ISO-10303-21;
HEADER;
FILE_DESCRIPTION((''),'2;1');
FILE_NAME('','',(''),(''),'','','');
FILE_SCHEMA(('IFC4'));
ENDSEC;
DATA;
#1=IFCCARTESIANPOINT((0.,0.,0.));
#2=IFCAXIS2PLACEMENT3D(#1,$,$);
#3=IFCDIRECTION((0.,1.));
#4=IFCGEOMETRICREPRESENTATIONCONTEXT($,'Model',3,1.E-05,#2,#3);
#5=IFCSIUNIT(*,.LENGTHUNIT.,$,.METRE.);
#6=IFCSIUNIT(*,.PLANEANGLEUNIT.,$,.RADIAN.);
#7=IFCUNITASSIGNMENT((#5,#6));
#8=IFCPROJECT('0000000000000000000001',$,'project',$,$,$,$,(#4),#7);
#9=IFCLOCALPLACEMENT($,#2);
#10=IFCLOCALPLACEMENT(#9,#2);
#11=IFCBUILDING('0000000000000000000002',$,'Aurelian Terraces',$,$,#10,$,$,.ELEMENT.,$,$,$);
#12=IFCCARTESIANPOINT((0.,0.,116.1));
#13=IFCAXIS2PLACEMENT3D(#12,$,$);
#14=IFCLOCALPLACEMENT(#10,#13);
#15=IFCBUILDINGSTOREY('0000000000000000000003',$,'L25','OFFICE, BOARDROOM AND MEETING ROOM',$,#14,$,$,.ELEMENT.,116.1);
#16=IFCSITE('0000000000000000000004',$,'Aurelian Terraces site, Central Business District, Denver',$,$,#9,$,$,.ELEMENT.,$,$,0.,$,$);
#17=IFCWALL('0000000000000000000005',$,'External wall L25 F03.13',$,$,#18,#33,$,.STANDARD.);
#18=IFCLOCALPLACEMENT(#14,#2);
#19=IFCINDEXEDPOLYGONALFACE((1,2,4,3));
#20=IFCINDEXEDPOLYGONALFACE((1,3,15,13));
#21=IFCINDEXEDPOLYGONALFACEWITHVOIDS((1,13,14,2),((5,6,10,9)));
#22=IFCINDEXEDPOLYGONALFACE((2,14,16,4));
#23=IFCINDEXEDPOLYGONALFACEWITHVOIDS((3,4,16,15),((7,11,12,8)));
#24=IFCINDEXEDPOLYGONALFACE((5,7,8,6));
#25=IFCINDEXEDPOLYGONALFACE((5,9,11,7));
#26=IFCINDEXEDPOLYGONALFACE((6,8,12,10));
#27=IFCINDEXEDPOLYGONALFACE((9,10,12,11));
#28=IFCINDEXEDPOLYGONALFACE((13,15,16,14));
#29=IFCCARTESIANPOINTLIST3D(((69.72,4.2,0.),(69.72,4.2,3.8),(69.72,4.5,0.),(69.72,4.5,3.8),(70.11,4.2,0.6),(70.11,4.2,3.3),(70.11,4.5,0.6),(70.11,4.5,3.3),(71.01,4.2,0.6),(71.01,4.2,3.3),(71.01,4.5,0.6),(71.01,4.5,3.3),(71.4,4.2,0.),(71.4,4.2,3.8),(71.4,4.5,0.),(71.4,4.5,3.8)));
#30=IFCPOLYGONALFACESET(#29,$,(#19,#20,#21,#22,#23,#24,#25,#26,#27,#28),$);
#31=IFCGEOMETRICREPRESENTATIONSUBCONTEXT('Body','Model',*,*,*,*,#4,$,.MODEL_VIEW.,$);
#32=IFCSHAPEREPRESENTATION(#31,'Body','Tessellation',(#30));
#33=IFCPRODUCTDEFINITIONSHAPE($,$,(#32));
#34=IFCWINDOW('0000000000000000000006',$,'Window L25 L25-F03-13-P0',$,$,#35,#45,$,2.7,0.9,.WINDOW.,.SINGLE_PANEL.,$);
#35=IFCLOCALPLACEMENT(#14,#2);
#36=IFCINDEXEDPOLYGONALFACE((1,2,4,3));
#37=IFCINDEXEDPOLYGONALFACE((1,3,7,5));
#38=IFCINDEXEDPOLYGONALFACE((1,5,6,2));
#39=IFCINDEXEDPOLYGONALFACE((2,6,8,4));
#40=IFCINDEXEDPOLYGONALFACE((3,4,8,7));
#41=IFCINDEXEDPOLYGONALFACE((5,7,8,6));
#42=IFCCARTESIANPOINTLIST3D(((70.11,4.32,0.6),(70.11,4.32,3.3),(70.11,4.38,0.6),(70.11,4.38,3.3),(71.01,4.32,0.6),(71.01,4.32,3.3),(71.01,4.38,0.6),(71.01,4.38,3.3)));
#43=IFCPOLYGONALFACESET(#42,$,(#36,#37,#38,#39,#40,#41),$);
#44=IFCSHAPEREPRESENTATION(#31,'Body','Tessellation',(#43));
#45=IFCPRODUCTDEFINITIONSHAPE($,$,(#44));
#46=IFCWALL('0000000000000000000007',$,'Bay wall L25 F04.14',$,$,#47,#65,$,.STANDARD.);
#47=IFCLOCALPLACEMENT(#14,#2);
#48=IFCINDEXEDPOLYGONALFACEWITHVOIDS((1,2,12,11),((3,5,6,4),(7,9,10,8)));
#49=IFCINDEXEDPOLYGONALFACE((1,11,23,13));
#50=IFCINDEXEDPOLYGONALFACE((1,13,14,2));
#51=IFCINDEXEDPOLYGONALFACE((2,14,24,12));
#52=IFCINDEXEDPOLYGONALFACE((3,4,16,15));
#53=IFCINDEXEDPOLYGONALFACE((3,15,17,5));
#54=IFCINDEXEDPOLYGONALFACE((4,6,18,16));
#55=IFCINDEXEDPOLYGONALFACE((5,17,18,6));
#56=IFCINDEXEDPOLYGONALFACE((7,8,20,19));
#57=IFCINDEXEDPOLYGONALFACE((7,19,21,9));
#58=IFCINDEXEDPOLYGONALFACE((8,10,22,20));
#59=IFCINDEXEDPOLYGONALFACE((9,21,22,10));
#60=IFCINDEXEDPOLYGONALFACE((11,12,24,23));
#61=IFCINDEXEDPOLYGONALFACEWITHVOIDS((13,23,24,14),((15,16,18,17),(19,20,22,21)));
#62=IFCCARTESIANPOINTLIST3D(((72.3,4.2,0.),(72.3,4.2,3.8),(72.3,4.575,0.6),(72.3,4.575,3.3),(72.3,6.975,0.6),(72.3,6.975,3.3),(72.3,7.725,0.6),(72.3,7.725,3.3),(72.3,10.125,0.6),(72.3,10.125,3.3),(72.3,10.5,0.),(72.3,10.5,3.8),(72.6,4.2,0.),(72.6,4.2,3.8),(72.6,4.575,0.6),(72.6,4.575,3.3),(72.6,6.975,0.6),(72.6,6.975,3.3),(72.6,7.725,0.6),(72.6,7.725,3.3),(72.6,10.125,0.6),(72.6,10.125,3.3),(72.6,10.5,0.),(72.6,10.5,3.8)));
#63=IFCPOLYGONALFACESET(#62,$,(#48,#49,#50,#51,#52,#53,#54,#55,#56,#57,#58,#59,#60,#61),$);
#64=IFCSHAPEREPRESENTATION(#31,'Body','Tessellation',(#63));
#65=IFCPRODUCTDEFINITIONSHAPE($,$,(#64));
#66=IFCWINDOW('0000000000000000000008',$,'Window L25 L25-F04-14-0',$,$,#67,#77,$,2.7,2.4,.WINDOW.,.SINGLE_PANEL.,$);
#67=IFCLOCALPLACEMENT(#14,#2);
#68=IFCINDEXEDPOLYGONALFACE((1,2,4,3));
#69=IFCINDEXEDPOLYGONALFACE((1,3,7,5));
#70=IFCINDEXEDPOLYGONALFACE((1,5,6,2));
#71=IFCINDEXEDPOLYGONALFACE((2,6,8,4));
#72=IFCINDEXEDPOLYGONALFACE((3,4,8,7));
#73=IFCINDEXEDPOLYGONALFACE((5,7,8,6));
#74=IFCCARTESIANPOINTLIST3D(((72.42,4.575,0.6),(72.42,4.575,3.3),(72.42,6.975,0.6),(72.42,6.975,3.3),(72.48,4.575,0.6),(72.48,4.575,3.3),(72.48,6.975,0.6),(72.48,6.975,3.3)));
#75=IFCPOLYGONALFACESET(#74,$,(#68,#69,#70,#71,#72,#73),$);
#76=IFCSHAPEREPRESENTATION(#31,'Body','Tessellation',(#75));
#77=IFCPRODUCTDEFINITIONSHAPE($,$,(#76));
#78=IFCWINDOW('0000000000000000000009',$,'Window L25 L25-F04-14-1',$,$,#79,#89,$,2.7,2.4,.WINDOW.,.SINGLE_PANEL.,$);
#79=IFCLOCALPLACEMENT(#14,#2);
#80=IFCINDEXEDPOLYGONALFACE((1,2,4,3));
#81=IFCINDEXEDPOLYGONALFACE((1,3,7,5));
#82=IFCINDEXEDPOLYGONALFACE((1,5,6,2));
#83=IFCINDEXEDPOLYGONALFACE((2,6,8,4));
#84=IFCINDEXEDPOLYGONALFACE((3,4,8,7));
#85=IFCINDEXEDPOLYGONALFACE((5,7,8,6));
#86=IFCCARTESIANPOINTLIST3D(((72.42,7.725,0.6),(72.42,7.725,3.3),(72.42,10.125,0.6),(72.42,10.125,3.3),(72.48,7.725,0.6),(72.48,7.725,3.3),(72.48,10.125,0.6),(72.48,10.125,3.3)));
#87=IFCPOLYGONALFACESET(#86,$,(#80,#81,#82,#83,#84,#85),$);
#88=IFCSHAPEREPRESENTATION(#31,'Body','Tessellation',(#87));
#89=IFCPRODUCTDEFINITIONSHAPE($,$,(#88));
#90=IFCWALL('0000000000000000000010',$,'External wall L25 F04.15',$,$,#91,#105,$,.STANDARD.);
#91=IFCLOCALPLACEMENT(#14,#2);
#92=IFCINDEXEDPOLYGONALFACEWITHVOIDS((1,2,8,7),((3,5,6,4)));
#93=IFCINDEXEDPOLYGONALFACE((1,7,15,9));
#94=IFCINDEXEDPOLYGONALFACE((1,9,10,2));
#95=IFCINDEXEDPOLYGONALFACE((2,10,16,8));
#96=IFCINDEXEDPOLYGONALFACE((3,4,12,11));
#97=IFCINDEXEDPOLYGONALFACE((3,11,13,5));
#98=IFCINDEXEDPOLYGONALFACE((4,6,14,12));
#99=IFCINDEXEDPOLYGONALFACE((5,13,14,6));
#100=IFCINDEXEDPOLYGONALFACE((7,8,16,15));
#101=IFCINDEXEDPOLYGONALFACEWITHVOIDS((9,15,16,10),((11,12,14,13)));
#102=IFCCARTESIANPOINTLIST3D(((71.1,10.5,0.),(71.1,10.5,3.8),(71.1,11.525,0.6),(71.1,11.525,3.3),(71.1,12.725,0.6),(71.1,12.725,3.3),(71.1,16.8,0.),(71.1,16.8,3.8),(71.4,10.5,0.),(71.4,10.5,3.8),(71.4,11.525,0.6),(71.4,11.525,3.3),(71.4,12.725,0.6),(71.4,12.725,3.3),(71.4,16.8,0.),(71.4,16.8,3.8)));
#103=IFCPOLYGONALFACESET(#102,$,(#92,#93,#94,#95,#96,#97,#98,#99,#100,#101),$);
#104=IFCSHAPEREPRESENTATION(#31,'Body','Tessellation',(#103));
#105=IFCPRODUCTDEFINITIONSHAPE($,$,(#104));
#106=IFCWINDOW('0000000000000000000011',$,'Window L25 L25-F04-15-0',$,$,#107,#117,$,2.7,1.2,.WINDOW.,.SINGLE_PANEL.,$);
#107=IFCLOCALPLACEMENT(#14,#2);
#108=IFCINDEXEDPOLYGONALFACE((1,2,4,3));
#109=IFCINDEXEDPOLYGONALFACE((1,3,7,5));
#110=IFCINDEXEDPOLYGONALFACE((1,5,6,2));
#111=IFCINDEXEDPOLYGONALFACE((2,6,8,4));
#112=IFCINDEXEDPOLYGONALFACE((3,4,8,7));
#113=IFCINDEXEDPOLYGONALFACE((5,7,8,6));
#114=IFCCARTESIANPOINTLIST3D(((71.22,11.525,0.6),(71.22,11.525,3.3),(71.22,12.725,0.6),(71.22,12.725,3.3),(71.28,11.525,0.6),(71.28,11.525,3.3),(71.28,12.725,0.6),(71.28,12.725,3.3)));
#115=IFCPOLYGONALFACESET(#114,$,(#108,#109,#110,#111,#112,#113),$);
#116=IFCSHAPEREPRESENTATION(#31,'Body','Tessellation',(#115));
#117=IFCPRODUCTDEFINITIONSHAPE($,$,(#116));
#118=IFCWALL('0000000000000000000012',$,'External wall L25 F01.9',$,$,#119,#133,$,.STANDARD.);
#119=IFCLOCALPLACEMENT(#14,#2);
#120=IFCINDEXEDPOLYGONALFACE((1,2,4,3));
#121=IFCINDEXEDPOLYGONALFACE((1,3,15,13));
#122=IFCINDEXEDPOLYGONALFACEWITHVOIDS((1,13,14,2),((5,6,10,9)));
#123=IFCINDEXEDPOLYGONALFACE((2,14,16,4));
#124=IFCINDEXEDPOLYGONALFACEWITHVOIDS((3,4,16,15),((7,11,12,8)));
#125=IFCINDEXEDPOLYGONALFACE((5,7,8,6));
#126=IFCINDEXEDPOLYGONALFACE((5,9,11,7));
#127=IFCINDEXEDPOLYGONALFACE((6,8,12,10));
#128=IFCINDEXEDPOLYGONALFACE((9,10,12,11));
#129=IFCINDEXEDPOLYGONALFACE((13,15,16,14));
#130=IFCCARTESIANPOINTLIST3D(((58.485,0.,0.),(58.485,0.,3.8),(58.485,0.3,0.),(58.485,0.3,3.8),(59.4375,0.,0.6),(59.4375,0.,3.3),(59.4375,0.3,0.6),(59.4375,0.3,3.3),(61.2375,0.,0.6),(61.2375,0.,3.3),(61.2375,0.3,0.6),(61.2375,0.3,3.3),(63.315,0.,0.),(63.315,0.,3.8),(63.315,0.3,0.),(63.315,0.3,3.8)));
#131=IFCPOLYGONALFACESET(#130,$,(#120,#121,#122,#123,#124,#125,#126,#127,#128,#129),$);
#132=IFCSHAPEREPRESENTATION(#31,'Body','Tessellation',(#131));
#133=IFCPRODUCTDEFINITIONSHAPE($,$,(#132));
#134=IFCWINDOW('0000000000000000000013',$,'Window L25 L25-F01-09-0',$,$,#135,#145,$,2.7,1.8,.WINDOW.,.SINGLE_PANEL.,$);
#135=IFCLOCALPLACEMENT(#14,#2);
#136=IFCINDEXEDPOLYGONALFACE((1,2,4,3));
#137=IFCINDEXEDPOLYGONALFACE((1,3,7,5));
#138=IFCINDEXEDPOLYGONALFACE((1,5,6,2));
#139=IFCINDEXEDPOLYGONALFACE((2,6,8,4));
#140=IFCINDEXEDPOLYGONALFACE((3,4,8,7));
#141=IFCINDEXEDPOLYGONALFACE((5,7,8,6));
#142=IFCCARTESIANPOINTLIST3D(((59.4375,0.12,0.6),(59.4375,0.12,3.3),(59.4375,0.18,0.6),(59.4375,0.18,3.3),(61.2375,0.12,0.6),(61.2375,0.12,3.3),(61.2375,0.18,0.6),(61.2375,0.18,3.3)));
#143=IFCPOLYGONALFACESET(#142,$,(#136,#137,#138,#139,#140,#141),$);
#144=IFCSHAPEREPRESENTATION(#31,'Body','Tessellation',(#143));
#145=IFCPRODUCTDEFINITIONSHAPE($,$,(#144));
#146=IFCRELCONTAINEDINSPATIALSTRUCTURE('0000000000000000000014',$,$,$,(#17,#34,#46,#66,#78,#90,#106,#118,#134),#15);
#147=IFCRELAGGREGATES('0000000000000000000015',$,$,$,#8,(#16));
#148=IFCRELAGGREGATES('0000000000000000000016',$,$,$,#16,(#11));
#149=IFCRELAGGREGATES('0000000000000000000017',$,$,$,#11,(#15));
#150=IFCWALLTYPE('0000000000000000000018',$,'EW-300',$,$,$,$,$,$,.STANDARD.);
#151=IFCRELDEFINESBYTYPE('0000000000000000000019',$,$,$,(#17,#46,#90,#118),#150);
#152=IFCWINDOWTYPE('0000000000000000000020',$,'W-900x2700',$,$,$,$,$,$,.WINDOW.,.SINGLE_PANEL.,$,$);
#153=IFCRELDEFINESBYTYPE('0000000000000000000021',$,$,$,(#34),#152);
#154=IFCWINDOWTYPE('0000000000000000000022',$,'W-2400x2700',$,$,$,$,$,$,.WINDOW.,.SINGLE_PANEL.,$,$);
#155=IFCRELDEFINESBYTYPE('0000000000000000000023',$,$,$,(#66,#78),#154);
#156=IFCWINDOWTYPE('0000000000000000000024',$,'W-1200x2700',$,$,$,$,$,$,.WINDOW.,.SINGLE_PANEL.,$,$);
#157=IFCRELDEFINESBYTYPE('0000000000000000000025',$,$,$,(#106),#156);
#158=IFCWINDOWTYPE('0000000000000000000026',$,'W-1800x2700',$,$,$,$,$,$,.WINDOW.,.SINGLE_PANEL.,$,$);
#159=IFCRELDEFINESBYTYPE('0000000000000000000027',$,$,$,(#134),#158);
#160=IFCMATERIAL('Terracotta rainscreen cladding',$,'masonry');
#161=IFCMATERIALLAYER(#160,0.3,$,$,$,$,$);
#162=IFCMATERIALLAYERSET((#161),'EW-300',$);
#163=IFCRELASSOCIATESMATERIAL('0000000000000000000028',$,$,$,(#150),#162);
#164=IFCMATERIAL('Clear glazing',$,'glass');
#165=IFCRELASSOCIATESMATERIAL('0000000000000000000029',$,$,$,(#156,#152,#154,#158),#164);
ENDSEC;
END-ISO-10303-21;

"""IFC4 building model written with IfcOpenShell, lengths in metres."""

from ifc_helpers import new_model, si_unit, direction, frame, frame_2d, origin, place, context, subcontext, project, spatial, rectangle, extrude, source, transform, mapped, material, layer, layer_set, type_object, element, fill, save


model = new_model("IFC4")

# Units and contexts
model_context = context("Model", 3, precision=1e-05, world=origin(), true_north=direction((0.0, 1.0)))
body_context = subcontext(model_context, "Body", "Model", "MODEL_VIEW")
ifc_project = project(units=[si_unit("LENGTHUNIT", "METRE"), si_unit("PLANEANGLEUNIT", "RADIAN")], contexts=[model_context])

# Site, building, storey
site_placement = place(None, origin())
site = spatial("IfcSite", under=ifc_project, at=site_placement, Name="Aurelian Terraces site, Central Business District, Denver", CompositionType="ELEMENT", RefElevation=0.0)
building_placement = place(site_placement, origin())
building = spatial("IfcBuilding", under=site, at=building_placement, Name="Aurelian Terraces", CompositionType="ELEMENT")
storey_placement = place(building_placement, frame((0.0, 0.0, 116.1)))
storey = spatial("IfcBuildingStorey", under=building, at=storey_placement, Name="L25", Description="OFFICE, BOARDROOM AND MEETING ROOM", CompositionType="ELEMENT", Elevation=116.1)

# Shared definitions
ifc_material_1 = material(Name="Terracotta rainscreen cladding", Category="masonry")
ifc_layer_1 = layer(ifc_material_1, 0.3)
ifc_layer_set_1 = layer_set([ifc_layer_1], Name="EW-300")
wall_type_1 = type_object("IfcWallType", Name="EW-300", PredefinedType="STANDARD", material=ifc_layer_set_1)
ifc_material_2 = material(Name="Clear glazing", Category="glass")

# Wall, opening, window
shared_shape_1 = source(origin(), body_context, "Body", "SweptSolid", [
    extrude(rectangle(XDim=1.2, YDim=2.7, at=frame_2d((0.6, 1.35))), frame((0.0, 0.16, 0.0), z_axis=(0.0, -1.0, 0.0), x_axis=(1.0, 0.0, 0.0)), (0.0, 0.0, 1.0), 0.32),
])
window_type_1 = type_object("IfcWindowType", Name="W-1200x2700", PartitioningType="SINGLE_PANEL", PredefinedType="WINDOW", material=ifc_material_2)
shared_shape_2 = source(origin(), body_context, "Body", "SweptSolid", [
    extrude(rectangle(XDim=1.2, YDim=2.7, at=frame_2d((0.6, 1.35))), frame((0.0, 0.03, 0.0), z_axis=(0.0, -1.0, 0.0), x_axis=(1.0, 0.0, 0.0)), (0.0, 0.0, 1.0), 0.06),
])
shared_shape_3 = source(origin(), body_context, "Body", "SweptSolid", [
    extrude(rectangle(XDim=1.68, YDim=0.3, at=frame_2d((0.84, 0.0))), origin(), (0.0, 0.0, 1.0), 3.8),
])
wall_1_placement = place(storey_placement, frame((69.72, 4.35, 0.0), z_axis=(0.0, 0.0, 1.0), x_axis=(1.0, 0.0, 0.0)))
wall_1 = element("IfcWall", 1, at=wall_1_placement, inside=storey, type_object=wall_type_1, Name="External wall L25 F03.13", PredefinedType="STANDARD", context=body_context, shape_type="MappedRepresentation", body=[
    mapped(shared_shape_3, transform((0.0, 0.0, 0.0), scale=1.0)),
])
shared_shape_4 = source(origin(), body_context, "Body", "SweptSolid", [
    extrude(rectangle(XDim=0.9, YDim=2.7, at=frame_2d((0.45, 1.35))), frame((0.0, 0.16, 0.0), z_axis=(0.0, -1.0, 0.0), x_axis=(1.0, 0.0, 0.0)), (0.0, 0.0, 1.0), 0.32),
])
opening_1_placement = place(wall_1_placement, frame((0.39, 0.0, 0.6)))
opening_1 = element("IfcOpeningElement", 2, at=opening_1_placement, cuts=wall_1, PredefinedType="OPENING", context=body_context, shape_type="MappedRepresentation", body=[
    mapped(shared_shape_4, transform((0.0, 0.0, 0.0), scale=1.0)),
])
window_type_2 = type_object("IfcWindowType", Name="W-900x2700", PartitioningType="SINGLE_PANEL", PredefinedType="WINDOW", material=ifc_material_2)
shared_shape_5 = source(origin(), body_context, "Body", "SweptSolid", [
    extrude(rectangle(XDim=0.9, YDim=2.7, at=frame_2d((0.45, 1.35))), frame((0.0, 0.03, 0.0), z_axis=(0.0, -1.0, 0.0), x_axis=(1.0, 0.0, 0.0)), (0.0, 0.0, 1.0), 0.06),
])
window_1_placement = place(opening_1_placement, origin())
window_1 = element("IfcWindow", 3, at=window_1_placement, inside=storey, type_object=window_type_2, Name="Window L25 L25-F03-13-P0", OverallHeight=2.7, OverallWidth=0.9, PartitioningType="SINGLE_PANEL", PredefinedType="WINDOW", context=body_context, shape_type="MappedRepresentation", body=[
    mapped(shared_shape_5, transform((0.0, 0.0, 0.0), scale=1.0)),
])
fill(opening_1, window_1)

# Wall, openings, windows
shared_shape_6 = source(origin(), body_context, "Body", "SweptSolid", [
    extrude(rectangle(XDim=6.3, YDim=0.3, at=frame_2d((3.15, 0.0))), origin(), (0.0, 0.0, 1.0), 3.8),
])
wall_2_placement = place(storey_placement, frame((72.45, 4.2, 0.0), z_axis=(0.0, 0.0, 1.0), x_axis=(0.0, 1.0, 0.0)))
wall_2 = element("IfcWall", 4, at=wall_2_placement, inside=storey, type_object=wall_type_1, Name="Bay wall L25 F04.14", PredefinedType="STANDARD", context=body_context, shape_type="MappedRepresentation", body=[
    mapped(shared_shape_6, transform((0.0, 0.0, 0.0), scale=1.0)),
])
shared_shape_7 = source(origin(), body_context, "Body", "SweptSolid", [
    extrude(rectangle(XDim=2.4, YDim=2.7, at=frame_2d((1.2, 1.35))), frame((0.0, 0.16, 0.0), z_axis=(0.0, -1.0, 0.0), x_axis=(1.0, 0.0, 0.0)), (0.0, 0.0, 1.0), 0.32),
])
opening_2_placement = place(wall_2_placement, frame((0.375, 0.0, 0.6)))
opening_2 = element("IfcOpeningElement", 5, at=opening_2_placement, cuts=wall_2, PredefinedType="OPENING", context=body_context, shape_type="MappedRepresentation", body=[
    mapped(shared_shape_7, transform((0.0, 0.0, 0.0), scale=1.0)),
])
opening_3_placement = place(wall_2_placement, frame((3.525, 0.0, 0.6)))
opening_3 = element("IfcOpeningElement", 6, at=opening_3_placement, cuts=wall_2, PredefinedType="OPENING", context=body_context, shape_type="MappedRepresentation", body=[
    mapped(shared_shape_7, transform((0.0, 0.0, 0.0), scale=1.0)),
])
window_type_3 = type_object("IfcWindowType", Name="W-2400x2700", PartitioningType="SINGLE_PANEL", PredefinedType="WINDOW", material=ifc_material_2)
shared_shape_8 = source(origin(), body_context, "Body", "SweptSolid", [
    extrude(rectangle(XDim=2.4, YDim=2.7, at=frame_2d((1.2, 1.35))), frame((0.0, 0.03, 0.0), z_axis=(0.0, -1.0, 0.0), x_axis=(1.0, 0.0, 0.0)), (0.0, 0.0, 1.0), 0.06),
])
window_2_placement = place(opening_2_placement, origin())
window_2 = element("IfcWindow", 7, at=window_2_placement, inside=storey, type_object=window_type_3, Name="Window L25 L25-F04-14-0", OverallHeight=2.7, OverallWidth=2.4, PartitioningType="SINGLE_PANEL", PredefinedType="WINDOW", context=body_context, shape_type="MappedRepresentation", body=[
    mapped(shared_shape_8, transform((0.0, 0.0, 0.0), scale=1.0)),
])
fill(opening_2, window_2)
window_3_placement = place(opening_3_placement, origin())
window_3 = element("IfcWindow", 8, at=window_3_placement, inside=storey, type_object=window_type_3, Name="Window L25 L25-F04-14-1", OverallHeight=2.7, OverallWidth=2.4, PartitioningType="SINGLE_PANEL", PredefinedType="WINDOW", context=body_context, shape_type="MappedRepresentation", body=[
    mapped(shared_shape_8, transform((0.0, 0.0, 0.0), scale=1.0)),
])
fill(opening_3, window_3)

# Walls, openings, windows
wall_3_placement = place(storey_placement, frame((71.25, 10.5, 0.0), z_axis=(0.0, 0.0, 1.0), x_axis=(0.0, 1.0, 0.0)))
wall_3 = element("IfcWall", 9, at=wall_3_placement, inside=storey, type_object=wall_type_1, Name="External wall L25 F04.15", PredefinedType="STANDARD", context=body_context, shape_type="MappedRepresentation", body=[
    mapped(shared_shape_6, transform((0.0, 0.0, 0.0), scale=1.0)),
])
opening_4_placement = place(wall_3_placement, frame((1.025, 0.0, 0.6)))
opening_4 = element("IfcOpeningElement", 10, at=opening_4_placement, cuts=wall_3, PredefinedType="OPENING", context=body_context, shape_type="MappedRepresentation", body=[
    mapped(shared_shape_1, transform((0.0, 0.0, 0.0), scale=1.0)),
])
window_4_placement = place(opening_4_placement, origin())
window_4 = element("IfcWindow", 11, at=window_4_placement, inside=storey, type_object=window_type_1, Name="Window L25 L25-F04-15-0", OverallHeight=2.7, OverallWidth=1.2, PartitioningType="SINGLE_PANEL", PredefinedType="WINDOW", context=body_context, shape_type="MappedRepresentation", body=[
    mapped(shared_shape_2, transform((0.0, 0.0, 0.0), scale=1.0)),
])
fill(opening_4, window_4)
shared_shape_9 = source(origin(), body_context, "Body", "SweptSolid", [
    extrude(rectangle(XDim=4.83, YDim=0.3, at=frame_2d((2.415, 0.0))), origin(), (0.0, 0.0, 1.0), 3.8),
])
wall_4_placement = place(storey_placement, frame((58.485, 0.15, 0.0), z_axis=(0.0, 0.0, 1.0), x_axis=(1.0, 0.0, 0.0)))
wall_4 = element("IfcWall", 12, at=wall_4_placement, inside=storey, type_object=wall_type_1, Name="External wall L25 F01.9", PredefinedType="STANDARD", context=body_context, shape_type="MappedRepresentation", body=[
    mapped(shared_shape_9, transform((0.0, 0.0, 0.0), scale=1.0)),
])
shared_shape_10 = source(origin(), body_context, "Body", "SweptSolid", [
    extrude(rectangle(XDim=1.8, YDim=2.7, at=frame_2d((0.9, 1.35))), frame((0.0, 0.16, 0.0), z_axis=(0.0, -1.0, 0.0), x_axis=(1.0, 0.0, 0.0)), (0.0, 0.0, 1.0), 0.32),
])
opening_5_placement = place(wall_4_placement, frame((0.9525, 0.0, 0.6)))
opening_5 = element("IfcOpeningElement", 13, at=opening_5_placement, cuts=wall_4, PredefinedType="OPENING", context=body_context, shape_type="MappedRepresentation", body=[
    mapped(shared_shape_10, transform((0.0, 0.0, 0.0), scale=1.0)),
])
window_type_4 = type_object("IfcWindowType", Name="W-1800x2700", PartitioningType="SINGLE_PANEL", PredefinedType="WINDOW", material=ifc_material_2)
shared_shape_11 = source(origin(), body_context, "Body", "SweptSolid", [
    extrude(rectangle(XDim=1.8, YDim=2.7, at=frame_2d((0.9, 1.35))), frame((0.0, 0.03, 0.0), z_axis=(0.0, -1.0, 0.0), x_axis=(1.0, 0.0, 0.0)), (0.0, 0.0, 1.0), 0.06),
])
window_5_placement = place(opening_5_placement, origin())
window_5 = element("IfcWindow", 14, at=window_5_placement, inside=storey, type_object=window_type_4, Name="Window L25 L25-F01-09-0", OverallHeight=2.7, OverallWidth=1.8, PartitioningType="SINGLE_PANEL", PredefinedType="WINDOW", context=body_context, shape_type="MappedRepresentation", body=[
    mapped(shared_shape_11, transform((0.0, 0.0, 0.0), scale=1.0)),
])
fill(opening_5, window_5)

save(model, "model.ifc")
